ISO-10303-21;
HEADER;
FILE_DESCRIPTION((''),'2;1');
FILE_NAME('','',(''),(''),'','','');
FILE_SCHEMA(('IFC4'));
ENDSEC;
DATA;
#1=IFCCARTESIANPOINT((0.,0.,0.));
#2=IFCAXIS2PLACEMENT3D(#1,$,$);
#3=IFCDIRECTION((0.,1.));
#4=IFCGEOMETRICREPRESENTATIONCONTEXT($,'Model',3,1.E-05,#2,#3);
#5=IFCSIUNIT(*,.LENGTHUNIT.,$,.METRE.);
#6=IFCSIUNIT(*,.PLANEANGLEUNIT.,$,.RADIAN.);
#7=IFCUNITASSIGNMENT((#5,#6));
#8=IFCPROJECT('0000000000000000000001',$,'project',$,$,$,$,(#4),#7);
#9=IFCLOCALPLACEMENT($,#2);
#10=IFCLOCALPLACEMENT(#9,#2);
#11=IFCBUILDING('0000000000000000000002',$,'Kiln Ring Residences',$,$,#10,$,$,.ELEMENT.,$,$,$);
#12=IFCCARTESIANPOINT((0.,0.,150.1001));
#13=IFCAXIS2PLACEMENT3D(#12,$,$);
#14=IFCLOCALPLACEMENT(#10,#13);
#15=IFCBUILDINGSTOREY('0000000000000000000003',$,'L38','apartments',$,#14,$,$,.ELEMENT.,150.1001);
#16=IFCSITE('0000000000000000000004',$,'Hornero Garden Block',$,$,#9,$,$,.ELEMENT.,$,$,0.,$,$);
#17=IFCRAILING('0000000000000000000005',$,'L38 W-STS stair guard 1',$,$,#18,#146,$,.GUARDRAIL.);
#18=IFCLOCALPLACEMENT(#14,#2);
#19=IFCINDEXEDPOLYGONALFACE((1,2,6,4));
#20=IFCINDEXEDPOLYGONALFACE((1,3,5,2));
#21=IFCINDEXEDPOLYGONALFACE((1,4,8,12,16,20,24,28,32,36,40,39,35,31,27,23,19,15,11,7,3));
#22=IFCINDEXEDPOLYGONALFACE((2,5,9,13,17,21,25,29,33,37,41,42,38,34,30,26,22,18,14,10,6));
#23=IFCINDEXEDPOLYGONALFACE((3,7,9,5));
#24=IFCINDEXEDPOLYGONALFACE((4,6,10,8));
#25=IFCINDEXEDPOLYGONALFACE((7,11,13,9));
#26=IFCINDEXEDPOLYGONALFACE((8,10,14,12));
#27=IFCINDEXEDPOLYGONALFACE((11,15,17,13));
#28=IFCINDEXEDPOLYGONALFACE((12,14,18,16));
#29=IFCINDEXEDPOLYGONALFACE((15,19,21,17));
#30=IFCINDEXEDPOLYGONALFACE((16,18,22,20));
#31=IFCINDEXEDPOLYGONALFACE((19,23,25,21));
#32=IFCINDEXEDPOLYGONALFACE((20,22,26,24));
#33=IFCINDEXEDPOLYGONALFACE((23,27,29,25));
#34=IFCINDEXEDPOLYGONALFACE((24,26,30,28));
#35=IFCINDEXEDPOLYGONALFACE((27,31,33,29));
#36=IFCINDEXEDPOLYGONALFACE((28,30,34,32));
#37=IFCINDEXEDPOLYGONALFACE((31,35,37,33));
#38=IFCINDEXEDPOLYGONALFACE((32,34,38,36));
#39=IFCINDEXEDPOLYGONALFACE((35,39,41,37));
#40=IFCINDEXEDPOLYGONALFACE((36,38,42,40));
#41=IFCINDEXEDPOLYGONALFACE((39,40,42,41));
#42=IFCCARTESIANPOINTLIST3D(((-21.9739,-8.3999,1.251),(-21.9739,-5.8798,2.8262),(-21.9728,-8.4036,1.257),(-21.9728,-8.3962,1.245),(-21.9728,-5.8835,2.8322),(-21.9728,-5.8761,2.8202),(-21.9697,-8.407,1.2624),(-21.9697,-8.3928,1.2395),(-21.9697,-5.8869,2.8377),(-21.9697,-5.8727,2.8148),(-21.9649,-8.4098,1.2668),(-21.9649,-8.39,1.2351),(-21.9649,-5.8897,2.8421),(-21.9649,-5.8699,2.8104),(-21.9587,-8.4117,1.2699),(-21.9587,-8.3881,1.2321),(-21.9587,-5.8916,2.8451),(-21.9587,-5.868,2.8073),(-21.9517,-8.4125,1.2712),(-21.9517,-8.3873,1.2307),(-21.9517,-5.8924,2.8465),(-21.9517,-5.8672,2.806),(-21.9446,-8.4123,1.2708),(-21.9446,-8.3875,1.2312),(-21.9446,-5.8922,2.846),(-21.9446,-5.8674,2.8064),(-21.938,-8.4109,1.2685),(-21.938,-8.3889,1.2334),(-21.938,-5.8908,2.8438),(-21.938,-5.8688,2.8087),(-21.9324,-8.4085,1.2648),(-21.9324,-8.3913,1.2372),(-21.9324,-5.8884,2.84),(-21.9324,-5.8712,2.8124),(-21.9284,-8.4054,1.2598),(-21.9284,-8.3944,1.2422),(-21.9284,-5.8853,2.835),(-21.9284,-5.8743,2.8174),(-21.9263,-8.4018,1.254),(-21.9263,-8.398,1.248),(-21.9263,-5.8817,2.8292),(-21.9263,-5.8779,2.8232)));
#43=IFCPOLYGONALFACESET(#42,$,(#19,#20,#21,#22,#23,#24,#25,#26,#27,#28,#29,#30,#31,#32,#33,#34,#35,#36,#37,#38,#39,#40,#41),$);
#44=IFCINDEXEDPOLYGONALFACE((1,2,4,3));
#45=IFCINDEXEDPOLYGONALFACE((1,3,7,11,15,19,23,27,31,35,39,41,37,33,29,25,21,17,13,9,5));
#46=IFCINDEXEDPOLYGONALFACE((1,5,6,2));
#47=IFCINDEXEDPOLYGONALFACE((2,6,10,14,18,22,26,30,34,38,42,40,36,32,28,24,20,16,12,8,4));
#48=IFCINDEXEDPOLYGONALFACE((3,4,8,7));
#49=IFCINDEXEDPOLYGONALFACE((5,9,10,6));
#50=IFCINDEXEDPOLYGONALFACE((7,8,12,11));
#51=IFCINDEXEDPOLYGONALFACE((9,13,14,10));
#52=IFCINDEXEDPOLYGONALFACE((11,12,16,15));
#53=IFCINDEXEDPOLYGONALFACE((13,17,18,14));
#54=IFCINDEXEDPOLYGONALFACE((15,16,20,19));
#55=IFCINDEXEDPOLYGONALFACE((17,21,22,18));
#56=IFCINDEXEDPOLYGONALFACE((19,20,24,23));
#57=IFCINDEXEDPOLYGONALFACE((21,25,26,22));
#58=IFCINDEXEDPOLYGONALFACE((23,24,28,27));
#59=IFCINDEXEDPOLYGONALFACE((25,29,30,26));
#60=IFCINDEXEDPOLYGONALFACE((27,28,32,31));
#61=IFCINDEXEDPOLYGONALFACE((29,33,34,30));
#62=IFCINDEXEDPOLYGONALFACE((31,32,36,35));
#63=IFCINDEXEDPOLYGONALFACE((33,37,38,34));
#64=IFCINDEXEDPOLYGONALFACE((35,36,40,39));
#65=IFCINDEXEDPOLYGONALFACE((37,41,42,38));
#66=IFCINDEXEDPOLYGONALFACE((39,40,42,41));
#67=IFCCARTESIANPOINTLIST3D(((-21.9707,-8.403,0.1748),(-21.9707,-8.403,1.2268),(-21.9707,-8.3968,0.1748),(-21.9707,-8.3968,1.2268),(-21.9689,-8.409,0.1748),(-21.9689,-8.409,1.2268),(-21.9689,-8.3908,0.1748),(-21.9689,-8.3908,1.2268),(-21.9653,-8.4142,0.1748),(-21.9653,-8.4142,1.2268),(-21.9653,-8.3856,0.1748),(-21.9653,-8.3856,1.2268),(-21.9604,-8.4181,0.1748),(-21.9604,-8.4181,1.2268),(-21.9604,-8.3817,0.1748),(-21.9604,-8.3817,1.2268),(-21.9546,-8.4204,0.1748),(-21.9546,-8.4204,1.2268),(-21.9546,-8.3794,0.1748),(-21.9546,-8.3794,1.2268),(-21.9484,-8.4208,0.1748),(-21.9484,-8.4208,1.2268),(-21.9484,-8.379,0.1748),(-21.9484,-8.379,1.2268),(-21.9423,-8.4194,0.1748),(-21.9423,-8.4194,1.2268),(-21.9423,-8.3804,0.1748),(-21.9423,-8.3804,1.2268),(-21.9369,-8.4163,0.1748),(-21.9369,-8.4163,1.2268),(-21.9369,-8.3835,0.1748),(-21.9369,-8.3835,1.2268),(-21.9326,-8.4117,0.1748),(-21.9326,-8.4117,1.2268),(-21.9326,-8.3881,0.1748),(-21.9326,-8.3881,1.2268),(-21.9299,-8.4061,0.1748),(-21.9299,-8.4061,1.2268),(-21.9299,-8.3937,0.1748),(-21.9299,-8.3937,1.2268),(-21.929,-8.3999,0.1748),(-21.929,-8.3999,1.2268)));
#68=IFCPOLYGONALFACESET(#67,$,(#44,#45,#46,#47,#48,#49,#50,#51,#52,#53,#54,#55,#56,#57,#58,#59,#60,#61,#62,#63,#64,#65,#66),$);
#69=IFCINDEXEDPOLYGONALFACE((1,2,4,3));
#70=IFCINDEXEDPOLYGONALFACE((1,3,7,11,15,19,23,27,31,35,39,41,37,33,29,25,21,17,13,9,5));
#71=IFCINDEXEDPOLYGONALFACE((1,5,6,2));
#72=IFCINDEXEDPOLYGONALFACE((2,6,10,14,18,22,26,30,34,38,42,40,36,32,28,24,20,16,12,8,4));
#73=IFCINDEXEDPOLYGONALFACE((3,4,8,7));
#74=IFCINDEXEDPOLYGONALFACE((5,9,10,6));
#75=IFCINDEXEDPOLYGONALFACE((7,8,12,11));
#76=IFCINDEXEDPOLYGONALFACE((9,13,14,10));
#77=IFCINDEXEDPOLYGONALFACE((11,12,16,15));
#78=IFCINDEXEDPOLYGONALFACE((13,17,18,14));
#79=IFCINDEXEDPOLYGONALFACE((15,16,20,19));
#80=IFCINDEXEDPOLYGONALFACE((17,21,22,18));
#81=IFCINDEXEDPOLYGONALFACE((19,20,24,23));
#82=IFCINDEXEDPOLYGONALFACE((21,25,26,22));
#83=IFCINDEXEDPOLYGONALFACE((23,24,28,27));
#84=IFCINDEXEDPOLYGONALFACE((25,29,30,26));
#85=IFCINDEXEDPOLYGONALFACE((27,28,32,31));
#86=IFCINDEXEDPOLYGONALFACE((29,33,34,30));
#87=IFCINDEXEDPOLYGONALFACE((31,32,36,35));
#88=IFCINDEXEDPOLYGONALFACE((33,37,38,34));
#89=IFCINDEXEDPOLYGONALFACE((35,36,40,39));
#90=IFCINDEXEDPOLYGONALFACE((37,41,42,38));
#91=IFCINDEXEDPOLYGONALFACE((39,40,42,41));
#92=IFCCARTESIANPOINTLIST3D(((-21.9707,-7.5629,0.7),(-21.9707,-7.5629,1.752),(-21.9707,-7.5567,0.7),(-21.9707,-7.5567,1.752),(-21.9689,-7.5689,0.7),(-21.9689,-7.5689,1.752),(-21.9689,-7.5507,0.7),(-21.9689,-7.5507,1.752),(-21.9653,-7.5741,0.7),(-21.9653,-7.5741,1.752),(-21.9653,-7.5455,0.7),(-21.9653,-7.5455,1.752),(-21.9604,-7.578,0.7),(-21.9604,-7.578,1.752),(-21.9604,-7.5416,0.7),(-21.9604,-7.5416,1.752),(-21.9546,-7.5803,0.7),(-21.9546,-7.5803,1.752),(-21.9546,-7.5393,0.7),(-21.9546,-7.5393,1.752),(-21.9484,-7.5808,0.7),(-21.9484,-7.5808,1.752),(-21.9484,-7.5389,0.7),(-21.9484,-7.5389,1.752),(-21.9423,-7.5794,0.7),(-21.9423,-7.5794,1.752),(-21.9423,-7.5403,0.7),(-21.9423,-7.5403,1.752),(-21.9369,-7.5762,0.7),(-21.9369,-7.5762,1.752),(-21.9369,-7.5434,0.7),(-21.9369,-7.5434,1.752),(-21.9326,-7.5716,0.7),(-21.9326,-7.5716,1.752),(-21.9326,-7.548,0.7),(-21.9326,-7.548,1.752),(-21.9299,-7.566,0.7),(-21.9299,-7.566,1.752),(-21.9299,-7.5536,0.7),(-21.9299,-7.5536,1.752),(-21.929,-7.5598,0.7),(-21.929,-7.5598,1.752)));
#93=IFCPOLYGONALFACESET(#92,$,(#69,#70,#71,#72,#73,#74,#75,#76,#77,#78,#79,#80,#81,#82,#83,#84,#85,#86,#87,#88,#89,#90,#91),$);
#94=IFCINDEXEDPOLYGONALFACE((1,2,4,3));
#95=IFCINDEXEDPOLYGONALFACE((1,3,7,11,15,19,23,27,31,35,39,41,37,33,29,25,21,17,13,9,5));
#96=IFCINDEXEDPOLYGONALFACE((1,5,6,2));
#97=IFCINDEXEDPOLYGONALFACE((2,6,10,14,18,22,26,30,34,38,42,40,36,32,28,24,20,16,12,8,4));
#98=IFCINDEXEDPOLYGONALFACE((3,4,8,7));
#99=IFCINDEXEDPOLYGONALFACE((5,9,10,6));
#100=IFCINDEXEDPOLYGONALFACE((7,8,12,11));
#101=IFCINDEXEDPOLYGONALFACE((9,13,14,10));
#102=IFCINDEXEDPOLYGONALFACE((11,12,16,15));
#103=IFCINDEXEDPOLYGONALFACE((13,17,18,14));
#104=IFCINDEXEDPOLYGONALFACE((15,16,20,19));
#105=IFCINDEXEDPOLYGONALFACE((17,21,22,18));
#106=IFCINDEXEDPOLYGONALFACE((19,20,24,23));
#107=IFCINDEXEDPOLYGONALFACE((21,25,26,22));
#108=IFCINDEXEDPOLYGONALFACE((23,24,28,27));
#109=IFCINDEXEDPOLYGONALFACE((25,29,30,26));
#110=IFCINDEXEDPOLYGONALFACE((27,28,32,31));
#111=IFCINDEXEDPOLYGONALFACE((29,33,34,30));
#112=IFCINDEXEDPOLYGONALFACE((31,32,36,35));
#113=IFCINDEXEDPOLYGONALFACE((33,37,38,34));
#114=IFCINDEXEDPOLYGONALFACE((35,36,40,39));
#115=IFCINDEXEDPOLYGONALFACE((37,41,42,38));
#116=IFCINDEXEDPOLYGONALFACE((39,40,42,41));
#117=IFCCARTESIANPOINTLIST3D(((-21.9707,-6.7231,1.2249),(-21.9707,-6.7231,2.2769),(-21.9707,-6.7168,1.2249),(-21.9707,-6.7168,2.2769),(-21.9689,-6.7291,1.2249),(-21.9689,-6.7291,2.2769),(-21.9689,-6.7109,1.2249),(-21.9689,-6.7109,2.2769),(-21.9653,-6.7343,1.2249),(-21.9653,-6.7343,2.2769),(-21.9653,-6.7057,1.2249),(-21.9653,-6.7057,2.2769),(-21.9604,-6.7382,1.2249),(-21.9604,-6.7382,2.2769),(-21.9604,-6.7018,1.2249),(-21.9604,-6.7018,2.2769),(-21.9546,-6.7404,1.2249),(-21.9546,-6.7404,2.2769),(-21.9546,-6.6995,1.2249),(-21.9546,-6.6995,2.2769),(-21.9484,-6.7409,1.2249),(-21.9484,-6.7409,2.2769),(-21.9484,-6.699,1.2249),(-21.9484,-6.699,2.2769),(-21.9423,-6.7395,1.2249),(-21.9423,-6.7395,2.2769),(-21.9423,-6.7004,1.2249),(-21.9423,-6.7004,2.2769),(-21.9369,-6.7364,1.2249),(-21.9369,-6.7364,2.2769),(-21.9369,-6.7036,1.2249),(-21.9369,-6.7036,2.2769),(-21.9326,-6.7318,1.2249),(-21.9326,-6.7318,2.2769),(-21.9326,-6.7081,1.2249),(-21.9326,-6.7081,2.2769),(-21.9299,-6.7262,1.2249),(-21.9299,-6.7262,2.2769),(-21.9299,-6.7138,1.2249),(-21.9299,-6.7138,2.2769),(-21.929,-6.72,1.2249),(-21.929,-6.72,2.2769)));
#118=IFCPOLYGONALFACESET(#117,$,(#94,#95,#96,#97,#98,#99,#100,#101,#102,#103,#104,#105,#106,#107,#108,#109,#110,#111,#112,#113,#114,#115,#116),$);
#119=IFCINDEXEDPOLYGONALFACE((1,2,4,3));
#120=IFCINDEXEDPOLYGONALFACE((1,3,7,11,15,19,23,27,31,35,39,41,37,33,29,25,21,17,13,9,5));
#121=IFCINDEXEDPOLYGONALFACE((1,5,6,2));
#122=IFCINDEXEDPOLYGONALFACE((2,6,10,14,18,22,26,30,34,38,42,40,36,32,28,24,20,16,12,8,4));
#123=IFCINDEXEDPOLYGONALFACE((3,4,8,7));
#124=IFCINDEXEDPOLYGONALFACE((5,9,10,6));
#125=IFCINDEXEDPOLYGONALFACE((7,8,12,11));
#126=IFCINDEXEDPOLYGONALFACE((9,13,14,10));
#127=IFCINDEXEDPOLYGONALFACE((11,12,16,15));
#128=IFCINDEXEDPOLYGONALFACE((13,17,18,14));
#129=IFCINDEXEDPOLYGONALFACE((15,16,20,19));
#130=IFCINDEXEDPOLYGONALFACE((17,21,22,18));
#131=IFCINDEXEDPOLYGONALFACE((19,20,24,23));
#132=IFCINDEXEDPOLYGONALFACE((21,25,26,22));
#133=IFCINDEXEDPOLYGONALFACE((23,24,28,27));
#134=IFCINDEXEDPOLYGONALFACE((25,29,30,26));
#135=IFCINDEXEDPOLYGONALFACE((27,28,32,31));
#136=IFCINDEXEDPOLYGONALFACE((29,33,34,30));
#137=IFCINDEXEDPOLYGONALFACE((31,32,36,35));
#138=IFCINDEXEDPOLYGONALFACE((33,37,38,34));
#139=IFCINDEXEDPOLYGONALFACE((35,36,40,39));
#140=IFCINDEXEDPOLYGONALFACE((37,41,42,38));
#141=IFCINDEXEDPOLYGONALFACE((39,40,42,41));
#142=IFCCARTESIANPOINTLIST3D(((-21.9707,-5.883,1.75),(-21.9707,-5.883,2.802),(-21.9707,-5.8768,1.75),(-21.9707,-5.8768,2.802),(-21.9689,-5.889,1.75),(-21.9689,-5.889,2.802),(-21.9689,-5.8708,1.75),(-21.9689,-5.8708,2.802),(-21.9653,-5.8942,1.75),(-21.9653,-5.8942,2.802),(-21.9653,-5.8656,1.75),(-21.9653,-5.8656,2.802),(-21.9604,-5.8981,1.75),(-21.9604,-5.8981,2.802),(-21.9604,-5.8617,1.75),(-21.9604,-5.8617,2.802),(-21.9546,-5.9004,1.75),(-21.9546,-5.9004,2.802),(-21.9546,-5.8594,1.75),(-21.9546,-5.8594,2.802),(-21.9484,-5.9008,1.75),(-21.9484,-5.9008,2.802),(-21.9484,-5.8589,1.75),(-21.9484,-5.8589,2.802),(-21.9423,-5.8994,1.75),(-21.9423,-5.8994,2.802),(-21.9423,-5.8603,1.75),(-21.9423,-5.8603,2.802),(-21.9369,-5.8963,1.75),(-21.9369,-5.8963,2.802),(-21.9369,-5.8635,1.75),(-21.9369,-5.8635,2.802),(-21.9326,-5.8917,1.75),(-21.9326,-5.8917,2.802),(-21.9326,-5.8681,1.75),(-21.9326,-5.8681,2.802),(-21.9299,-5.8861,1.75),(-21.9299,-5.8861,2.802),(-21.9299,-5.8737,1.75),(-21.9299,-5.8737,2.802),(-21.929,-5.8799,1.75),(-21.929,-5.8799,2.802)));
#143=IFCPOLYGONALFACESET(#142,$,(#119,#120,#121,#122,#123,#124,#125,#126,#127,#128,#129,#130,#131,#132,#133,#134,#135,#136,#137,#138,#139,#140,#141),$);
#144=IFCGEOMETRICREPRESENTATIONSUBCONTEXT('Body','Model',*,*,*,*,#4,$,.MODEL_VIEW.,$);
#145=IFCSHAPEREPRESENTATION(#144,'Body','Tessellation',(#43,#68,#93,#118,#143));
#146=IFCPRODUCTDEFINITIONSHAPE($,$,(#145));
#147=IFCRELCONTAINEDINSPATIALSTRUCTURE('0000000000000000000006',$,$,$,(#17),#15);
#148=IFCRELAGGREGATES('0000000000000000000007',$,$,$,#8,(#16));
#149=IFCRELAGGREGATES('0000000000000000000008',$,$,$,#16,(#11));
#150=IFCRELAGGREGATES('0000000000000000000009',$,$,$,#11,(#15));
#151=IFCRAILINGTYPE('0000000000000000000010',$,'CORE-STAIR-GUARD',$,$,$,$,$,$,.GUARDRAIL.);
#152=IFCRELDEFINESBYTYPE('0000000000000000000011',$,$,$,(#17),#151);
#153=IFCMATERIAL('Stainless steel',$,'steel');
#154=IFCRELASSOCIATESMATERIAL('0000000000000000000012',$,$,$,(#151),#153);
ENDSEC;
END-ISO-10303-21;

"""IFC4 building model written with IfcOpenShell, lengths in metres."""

from ifc_helpers import new_model, si_unit, direction, frame, origin, origin_2d, place, context, subcontext, project, spatial, circle, extrude, material, type_object, element, save


model = new_model("IFC4")

# Units and contexts
model_context = context("Model", 3, precision=1e-05, world=origin(), true_north=direction((0.0, 1.0)))
body_context = subcontext(model_context, "Body", "Model", "MODEL_VIEW")
ifc_project = project(units=[si_unit("LENGTHUNIT", "METRE"), si_unit("PLANEANGLEUNIT", "RADIAN")], contexts=[model_context])

# Site, building, storey
site_placement = place(None, origin())
site = spatial("IfcSite", under=ifc_project, at=site_placement, Name="Hornero Garden Block", CompositionType="ELEMENT", RefElevation=0.0)
building_placement = place(site_placement, origin())
building = spatial("IfcBuilding", under=site, at=building_placement, Name="Kiln Ring Residences", CompositionType="ELEMENT")
storey_placement = place(building_placement, frame((0.0, 0.0, 150.1001)))
storey = spatial("IfcBuildingStorey", under=building, at=storey_placement, Name="L38", Description="apartments", CompositionType="ELEMENT", Elevation=150.1001)

# Railing
ifc_material_1 = material(Name="Stainless steel", Category="steel")
railing_type_1 = type_object("IfcRailingType", Name="CORE-STAIR-GUARD", PredefinedType="GUARDRAIL", material=ifc_material_1)
railing_1_placement = place(storey_placement, frame((-21.95, -8.3999, 0.1748)))
element("IfcRailing", 1, at=railing_1_placement, inside=storey, type_object=railing_type_1, Name="L38 W-STS stair guard 1", PredefinedType="GUARDRAIL", context=body_context, shape_type="SweptSolid", body=[
    extrude(circle(Radius=0.0239, at=origin_2d()), frame((0.0, 0.0, 1.0762), z_axis=(0.0, 0.847971, 0.530043), x_axis=(-1.0, 0.0, 0.0)), (0.0, 0.0, 1.0), 2.9719),
    extrude(circle(Radius=0.021, at=origin_2d()), origin(), (0.0, 0.0, 1.0), 1.052),
    extrude(circle(Radius=0.021, at=origin_2d()), frame((0.0, 0.8401, 0.5251)), (0.0, 0.0, 1.0), 1.052),
    extrude(circle(Radius=0.021, at=origin_2d()), frame((0.0, 1.6799, 1.05)), (0.0, 0.0, 1.0), 1.052),
    extrude(circle(Radius=0.021, at=origin_2d()), frame((0.0, 2.52, 1.5752)), (0.0, 0.0, 1.0), 1.052),
])

save(model, "model.ifc")
